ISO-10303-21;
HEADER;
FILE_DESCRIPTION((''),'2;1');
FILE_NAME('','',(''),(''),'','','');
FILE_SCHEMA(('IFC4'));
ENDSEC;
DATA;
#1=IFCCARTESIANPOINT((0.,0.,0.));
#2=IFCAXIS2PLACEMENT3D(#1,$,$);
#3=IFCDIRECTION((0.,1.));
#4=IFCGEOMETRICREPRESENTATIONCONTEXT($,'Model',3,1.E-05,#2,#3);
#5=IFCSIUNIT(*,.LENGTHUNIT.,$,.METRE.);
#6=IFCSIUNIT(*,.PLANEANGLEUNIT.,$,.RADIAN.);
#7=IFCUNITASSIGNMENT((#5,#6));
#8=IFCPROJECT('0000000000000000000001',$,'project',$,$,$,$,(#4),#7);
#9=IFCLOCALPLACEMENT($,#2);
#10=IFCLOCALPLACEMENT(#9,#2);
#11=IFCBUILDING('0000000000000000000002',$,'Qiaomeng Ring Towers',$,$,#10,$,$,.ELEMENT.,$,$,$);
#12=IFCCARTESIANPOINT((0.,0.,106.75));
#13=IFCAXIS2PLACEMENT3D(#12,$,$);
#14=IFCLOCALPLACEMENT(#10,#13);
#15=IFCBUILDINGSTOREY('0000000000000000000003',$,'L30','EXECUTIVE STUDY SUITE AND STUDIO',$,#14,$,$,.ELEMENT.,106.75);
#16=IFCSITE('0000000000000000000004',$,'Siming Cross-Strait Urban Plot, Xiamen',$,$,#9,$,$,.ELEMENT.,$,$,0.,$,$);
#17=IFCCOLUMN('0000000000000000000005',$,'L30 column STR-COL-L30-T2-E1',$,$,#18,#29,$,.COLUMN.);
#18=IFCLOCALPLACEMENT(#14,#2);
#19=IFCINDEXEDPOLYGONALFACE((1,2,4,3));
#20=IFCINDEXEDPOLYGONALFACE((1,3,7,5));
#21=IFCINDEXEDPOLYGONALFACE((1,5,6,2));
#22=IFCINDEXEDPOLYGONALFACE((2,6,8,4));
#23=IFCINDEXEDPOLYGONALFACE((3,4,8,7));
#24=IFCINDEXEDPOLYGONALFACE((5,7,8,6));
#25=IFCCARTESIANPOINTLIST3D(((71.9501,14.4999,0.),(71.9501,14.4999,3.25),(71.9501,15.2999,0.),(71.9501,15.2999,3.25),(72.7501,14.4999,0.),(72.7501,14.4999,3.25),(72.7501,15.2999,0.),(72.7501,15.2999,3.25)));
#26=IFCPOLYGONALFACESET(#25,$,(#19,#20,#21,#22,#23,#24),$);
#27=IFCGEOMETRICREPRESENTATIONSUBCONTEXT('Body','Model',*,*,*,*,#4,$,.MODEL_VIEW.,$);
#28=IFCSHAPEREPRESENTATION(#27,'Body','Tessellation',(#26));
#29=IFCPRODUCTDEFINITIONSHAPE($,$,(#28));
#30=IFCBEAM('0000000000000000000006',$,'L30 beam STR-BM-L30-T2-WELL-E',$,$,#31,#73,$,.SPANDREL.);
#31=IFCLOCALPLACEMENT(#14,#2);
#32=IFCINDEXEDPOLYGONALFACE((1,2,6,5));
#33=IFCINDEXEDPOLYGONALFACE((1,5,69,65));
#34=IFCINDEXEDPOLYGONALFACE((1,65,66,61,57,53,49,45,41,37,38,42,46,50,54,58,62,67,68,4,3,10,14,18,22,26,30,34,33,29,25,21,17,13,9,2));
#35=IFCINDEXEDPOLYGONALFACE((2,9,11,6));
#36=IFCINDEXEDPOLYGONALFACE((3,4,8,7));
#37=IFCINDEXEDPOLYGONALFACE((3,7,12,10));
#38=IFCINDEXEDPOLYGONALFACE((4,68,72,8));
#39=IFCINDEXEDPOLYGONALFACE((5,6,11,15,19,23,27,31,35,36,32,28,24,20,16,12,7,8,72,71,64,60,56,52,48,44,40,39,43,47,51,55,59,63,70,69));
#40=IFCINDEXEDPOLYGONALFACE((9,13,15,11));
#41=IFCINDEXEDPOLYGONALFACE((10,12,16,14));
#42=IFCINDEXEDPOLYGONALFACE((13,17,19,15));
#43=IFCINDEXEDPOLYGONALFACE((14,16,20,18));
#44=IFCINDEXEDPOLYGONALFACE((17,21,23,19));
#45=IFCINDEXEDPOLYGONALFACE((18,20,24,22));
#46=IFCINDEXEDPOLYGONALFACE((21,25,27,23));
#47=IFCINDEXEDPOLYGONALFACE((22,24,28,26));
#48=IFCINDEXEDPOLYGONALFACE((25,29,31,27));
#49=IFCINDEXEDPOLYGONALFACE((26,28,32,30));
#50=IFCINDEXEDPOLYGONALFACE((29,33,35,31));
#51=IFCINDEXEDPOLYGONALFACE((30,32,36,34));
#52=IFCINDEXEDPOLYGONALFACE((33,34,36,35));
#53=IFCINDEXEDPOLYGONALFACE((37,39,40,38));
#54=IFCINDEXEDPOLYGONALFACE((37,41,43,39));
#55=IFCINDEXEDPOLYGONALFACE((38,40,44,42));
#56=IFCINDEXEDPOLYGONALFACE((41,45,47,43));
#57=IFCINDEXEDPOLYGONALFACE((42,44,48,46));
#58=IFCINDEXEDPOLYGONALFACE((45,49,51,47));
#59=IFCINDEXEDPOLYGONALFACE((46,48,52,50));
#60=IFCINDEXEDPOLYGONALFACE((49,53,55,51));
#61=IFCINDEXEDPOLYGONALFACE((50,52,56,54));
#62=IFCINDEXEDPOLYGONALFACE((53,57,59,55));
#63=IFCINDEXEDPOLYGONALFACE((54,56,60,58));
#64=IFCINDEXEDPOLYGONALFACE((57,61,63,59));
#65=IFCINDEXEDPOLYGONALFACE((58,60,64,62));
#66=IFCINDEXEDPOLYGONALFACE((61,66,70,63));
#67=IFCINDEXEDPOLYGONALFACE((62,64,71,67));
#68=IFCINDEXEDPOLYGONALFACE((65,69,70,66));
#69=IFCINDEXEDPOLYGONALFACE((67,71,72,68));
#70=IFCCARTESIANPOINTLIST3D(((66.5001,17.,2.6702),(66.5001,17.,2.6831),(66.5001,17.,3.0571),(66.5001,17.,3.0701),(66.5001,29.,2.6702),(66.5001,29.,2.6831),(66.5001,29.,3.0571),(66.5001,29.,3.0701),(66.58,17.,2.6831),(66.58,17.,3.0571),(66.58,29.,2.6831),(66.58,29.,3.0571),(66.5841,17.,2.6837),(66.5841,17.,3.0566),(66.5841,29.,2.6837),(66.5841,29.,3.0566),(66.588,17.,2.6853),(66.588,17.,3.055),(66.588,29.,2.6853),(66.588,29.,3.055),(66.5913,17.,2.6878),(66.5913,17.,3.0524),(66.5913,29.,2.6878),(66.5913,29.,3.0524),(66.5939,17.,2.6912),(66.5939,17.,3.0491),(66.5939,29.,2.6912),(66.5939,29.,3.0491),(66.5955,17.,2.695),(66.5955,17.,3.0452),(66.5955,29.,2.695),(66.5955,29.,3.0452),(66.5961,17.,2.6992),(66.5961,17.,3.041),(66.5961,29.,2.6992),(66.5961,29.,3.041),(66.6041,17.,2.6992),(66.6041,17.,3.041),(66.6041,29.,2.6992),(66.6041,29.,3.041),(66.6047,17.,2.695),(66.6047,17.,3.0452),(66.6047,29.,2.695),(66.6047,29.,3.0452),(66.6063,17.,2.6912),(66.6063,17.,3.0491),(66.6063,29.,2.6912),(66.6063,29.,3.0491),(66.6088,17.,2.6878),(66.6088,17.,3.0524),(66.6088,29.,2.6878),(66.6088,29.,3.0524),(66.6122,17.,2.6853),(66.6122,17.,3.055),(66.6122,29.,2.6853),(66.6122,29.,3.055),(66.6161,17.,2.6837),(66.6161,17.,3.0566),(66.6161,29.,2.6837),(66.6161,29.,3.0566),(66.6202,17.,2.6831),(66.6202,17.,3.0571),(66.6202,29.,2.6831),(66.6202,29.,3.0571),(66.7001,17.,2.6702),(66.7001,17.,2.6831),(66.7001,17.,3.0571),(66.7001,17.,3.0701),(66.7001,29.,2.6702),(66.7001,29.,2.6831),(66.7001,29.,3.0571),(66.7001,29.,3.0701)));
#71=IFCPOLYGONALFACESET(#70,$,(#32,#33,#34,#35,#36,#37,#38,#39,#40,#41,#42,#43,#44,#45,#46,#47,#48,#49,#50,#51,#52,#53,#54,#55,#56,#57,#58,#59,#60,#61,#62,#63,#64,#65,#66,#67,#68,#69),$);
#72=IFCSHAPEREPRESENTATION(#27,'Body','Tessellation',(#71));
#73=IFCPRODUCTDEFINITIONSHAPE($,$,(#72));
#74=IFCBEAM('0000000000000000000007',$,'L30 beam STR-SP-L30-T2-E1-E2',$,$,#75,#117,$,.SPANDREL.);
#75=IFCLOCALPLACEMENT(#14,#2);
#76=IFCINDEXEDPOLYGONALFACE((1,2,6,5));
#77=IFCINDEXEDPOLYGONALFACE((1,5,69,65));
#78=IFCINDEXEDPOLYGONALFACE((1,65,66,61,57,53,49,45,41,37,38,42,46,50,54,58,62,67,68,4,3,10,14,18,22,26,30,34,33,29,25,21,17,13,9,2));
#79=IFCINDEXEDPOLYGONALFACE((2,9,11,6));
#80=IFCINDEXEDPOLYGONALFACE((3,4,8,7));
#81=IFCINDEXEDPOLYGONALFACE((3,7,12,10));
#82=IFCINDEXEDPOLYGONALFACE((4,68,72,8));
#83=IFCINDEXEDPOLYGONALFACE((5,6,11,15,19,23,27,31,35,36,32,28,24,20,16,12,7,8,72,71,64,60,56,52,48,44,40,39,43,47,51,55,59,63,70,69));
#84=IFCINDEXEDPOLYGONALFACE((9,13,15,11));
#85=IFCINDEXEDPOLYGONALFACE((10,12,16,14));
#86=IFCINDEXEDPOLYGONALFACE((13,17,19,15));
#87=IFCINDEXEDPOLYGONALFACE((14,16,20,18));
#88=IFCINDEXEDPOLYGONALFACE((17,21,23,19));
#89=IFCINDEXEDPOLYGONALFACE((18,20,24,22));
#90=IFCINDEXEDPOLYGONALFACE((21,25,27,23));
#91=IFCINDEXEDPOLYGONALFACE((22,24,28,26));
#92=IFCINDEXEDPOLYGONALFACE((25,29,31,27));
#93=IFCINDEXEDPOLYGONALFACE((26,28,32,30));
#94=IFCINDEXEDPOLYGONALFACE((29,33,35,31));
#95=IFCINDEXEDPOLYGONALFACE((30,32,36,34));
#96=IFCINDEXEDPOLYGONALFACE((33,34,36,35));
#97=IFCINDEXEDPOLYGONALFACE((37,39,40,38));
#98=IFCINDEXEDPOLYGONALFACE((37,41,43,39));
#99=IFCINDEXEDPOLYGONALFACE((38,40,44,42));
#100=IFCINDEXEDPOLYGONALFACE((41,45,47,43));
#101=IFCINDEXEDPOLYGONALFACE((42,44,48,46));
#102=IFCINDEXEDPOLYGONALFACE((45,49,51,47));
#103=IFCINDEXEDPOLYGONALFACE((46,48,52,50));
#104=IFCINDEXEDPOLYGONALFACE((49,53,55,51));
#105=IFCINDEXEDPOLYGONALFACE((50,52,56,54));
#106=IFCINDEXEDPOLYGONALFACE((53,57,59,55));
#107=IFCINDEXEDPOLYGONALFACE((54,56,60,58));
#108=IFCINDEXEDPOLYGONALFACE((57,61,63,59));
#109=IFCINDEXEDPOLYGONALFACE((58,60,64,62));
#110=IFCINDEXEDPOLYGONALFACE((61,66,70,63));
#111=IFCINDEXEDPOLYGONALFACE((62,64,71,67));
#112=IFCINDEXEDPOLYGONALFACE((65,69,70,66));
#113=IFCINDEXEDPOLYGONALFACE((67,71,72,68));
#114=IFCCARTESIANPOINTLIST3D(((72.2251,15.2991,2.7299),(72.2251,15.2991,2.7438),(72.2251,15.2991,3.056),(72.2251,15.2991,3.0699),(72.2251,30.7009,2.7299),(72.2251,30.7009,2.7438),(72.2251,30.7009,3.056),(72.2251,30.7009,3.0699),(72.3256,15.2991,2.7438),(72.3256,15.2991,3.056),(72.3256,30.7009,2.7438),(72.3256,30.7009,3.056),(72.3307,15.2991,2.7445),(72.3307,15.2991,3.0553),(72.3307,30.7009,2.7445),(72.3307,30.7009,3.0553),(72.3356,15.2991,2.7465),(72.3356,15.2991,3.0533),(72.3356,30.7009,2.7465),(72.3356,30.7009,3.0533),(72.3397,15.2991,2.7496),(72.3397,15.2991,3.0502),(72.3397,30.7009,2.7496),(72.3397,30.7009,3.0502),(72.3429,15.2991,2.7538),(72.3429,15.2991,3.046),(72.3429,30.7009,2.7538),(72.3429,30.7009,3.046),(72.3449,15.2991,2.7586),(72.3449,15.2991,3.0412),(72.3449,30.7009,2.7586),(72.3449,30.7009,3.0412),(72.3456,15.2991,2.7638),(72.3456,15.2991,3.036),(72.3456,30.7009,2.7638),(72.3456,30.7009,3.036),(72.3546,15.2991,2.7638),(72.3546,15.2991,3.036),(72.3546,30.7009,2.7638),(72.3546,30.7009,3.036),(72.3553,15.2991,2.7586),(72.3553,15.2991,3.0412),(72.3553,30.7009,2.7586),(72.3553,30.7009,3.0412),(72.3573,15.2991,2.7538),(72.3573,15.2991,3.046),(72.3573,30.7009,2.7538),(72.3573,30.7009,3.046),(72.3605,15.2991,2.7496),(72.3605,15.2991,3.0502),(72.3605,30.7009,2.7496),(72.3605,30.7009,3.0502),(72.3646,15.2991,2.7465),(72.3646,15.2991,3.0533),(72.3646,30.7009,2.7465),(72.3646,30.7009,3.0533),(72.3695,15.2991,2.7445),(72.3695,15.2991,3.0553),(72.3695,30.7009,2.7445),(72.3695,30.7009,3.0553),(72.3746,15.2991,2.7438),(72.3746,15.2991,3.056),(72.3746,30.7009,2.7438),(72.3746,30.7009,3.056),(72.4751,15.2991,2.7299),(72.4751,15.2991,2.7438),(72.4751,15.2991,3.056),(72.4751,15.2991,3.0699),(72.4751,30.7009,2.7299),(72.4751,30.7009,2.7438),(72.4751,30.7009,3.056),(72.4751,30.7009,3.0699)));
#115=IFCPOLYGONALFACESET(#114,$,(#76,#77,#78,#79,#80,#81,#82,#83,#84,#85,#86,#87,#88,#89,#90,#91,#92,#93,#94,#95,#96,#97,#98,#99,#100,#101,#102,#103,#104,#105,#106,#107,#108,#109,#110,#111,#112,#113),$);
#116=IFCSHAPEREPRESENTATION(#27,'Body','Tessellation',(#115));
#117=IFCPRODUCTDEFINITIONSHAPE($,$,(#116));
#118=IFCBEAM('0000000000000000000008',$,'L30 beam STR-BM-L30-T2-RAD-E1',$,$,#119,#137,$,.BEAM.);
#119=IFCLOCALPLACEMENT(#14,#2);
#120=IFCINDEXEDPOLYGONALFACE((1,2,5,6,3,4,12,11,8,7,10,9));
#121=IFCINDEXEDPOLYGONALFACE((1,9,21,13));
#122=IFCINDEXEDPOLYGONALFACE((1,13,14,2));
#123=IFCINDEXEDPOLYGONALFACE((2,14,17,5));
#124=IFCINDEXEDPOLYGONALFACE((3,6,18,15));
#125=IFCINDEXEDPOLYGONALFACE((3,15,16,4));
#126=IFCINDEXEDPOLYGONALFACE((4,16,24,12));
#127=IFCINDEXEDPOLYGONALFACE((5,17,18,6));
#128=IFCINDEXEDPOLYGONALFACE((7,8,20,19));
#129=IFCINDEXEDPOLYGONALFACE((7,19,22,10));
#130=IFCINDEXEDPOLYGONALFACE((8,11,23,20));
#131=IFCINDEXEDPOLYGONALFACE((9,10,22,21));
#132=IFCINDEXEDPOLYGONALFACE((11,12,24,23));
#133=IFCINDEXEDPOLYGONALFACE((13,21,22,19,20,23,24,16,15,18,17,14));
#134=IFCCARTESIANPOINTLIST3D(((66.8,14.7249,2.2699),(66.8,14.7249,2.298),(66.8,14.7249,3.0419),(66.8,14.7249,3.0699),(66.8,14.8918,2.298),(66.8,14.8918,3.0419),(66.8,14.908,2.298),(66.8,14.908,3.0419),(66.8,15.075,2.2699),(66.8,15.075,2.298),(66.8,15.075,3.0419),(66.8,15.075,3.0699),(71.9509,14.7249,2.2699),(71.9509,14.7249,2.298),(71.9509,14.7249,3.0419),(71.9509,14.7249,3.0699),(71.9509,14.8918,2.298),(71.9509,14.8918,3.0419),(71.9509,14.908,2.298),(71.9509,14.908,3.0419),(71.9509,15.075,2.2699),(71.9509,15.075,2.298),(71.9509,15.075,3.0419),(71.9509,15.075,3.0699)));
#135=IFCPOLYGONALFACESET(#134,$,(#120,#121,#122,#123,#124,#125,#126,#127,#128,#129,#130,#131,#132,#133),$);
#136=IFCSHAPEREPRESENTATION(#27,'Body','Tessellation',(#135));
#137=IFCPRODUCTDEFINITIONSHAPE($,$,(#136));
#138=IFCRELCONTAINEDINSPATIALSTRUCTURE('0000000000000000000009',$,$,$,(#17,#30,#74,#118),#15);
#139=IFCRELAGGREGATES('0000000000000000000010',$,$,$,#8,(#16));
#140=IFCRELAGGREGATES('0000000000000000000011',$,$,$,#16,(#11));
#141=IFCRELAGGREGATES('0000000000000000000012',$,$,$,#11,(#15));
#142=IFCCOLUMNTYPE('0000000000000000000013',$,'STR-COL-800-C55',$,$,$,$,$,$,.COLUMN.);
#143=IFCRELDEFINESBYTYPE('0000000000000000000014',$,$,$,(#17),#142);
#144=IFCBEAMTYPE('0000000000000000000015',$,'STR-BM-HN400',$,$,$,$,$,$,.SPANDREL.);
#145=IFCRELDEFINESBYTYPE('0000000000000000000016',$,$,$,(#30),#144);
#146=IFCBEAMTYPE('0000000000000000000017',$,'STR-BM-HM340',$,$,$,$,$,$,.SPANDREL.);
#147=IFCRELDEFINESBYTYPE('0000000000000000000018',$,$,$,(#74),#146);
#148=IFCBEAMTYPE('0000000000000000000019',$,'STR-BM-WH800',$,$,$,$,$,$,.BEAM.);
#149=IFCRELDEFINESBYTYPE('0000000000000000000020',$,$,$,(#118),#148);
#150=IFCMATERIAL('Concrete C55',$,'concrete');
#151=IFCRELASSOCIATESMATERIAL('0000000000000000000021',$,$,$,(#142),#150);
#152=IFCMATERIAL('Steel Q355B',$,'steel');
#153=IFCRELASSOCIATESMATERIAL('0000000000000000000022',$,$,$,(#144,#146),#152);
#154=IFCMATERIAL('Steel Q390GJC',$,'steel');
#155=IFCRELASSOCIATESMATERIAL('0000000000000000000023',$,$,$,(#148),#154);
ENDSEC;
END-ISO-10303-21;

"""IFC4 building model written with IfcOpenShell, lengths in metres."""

from ifc_helpers import new_model, si_unit, direction, frame, origin, origin_2d, place, context, subcontext, project, spatial, rectangle, i_section, extrude, source, transform, mapped, material, material_profile, profile_set, type_object, element, save


model = new_model("IFC4")

# Units and contexts
model_context = context("Model", 3, precision=1e-05, world=origin(), true_north=direction((0.0, 1.0)))
body_context = subcontext(model_context, "Body", "Model", "MODEL_VIEW")
ifc_project = project(units=[si_unit("LENGTHUNIT", "METRE"), si_unit("PLANEANGLEUNIT", "RADIAN")], contexts=[model_context])

# Site, building, storey
site_placement = place(None, origin())
site = spatial("IfcSite", under=ifc_project, at=site_placement, Name="Siming Cross-Strait Urban Plot, Xiamen", CompositionType="ELEMENT", RefElevation=0.0)
building_placement = place(site_placement, origin())
building = spatial("IfcBuilding", under=site, at=building_placement, Name="Qiaomeng Ring Towers", CompositionType="ELEMENT")
storey_placement = place(building_placement, frame((0.0, 0.0, 106.75)))
storey = spatial("IfcBuildingStorey", under=building, at=storey_placement, Name="L30", Description="EXECUTIVE STUDY SUITE AND STUDIO", CompositionType="ELEMENT", Elevation=106.75)

# Column
ifc_material_1 = material(Name="Concrete C55", Category="concrete")
ifc_material_profile_1 = material_profile(ifc_material_1, rectangle(XDim=0.8, YDim=0.8, at=origin_2d()), Name="RC COL 800x800")
ifc_profile_set_1 = profile_set([ifc_material_profile_1], Name="Concrete C55")
column_type = type_object("IfcColumnType", Name="STR-COL-800-C55", PredefinedType="COLUMN", material=ifc_profile_set_1)
shared_shape_1 = source(origin(), body_context, "Body", "SweptSolid", [
    extrude(rectangle(XDim=0.8, YDim=0.8, at=origin_2d()), origin(), (0.0, 0.0, 1.0), 3.25),
])
column_placement = place(storey_placement, frame((72.3501, 14.8999, 0.0), z_axis=(0.0, 0.0, 1.0), x_axis=(1.0, 0.0, 0.0)))
element("IfcColumn", 1, at=column_placement, inside=storey, type_object=column_type, Name="L30 column STR-COL-L30-T2-E1", PredefinedType="COLUMN", context=body_context, shape_type="MappedRepresentation", body=[
    mapped(shared_shape_1, transform((0.0, 0.0, 0.0), x_axis=(1.0, 0.0, 0.0), y_axis=(0.0, 1.0, 0.0), z_axis=(0.0, 0.0, 1.0), scale=1.0)),
])

# Beams
ifc_material_2 = material(Name="Steel Q355B", Category="steel")
ifc_material_profile_2 = material_profile(ifc_material_2, i_section(OverallWidth=0.2, OverallDepth=0.3999, WebThickness=0.0081, FlangeThickness=0.0129, FilletRadius=0.0161, at=origin_2d()), Name="HN 400x200x8x13")
ifc_profile_set_2 = profile_set([ifc_material_profile_2], Name="Steel Q355B")
beam_type_1 = type_object("IfcBeamType", Name="STR-BM-HN400", PredefinedType="SPANDREL", material=ifc_profile_set_2)
shared_shape_2 = source(origin(), body_context, "Body", "SweptSolid", [
    extrude(i_section(OverallWidth=0.2, OverallDepth=0.3999, WebThickness=0.0081, FlangeThickness=0.0129, FilletRadius=0.0161, at=origin_2d()), origin(), (0.0, 0.0, 1.0), 12.0),
])
beam_1_placement = place(storey_placement, frame((66.6001, 17.0, 2.8701), z_axis=(0.0, 1.0, 0.0), x_axis=(-1.0, 0.0, 0.0)))
element("IfcBeam", 2, at=beam_1_placement, inside=storey, type_object=beam_type_1, Name="L30 beam STR-BM-L30-T2-WELL-E", PredefinedType="SPANDREL", context=body_context, shape_type="MappedRepresentation", body=[
    mapped(shared_shape_2, transform((0.0, 0.0, 0.0), x_axis=(1.0, 0.0, 0.0), y_axis=(0.0, 1.0, 0.0), z_axis=(0.0, 0.0, 1.0), scale=1.0)),
])
ifc_material_profile_3 = material_profile(ifc_material_2, i_section(OverallWidth=0.25, OverallDepth=0.3401, WebThickness=0.009, FlangeThickness=0.0139, FilletRadius=0.02, at=origin_2d()), Name="HM 340x250x9x14")
ifc_profile_set_3 = profile_set([ifc_material_profile_3], Name="Steel Q355B")
beam_type_2 = type_object("IfcBeamType", Name="STR-BM-HM340", PredefinedType="SPANDREL", material=ifc_profile_set_3)
shared_shape_3 = source(origin(), body_context, "Body", "SweptSolid", [
    extrude(i_section(OverallWidth=0.25, OverallDepth=0.3401, WebThickness=0.009, FlangeThickness=0.0139, FilletRadius=0.02, at=origin_2d()), origin(), (0.0, 0.0, 1.0), 15.4019),
])
beam_2_placement = place(storey_placement, frame((72.3501, 15.2991, 2.8999), z_axis=(0.0, 1.0, 0.0), x_axis=(-1.0, 0.0, 0.0)))
element("IfcBeam", 3, at=beam_2_placement, inside=storey, type_object=beam_type_2, Name="L30 beam STR-SP-L30-T2-E1-E2", PredefinedType="SPANDREL", context=body_context, shape_type="MappedRepresentation", body=[
    mapped(shared_shape_3, transform((0.0, 0.0, 0.0), x_axis=(1.0, 0.0, 0.0), y_axis=(0.0, 1.0, 0.0), z_axis=(0.0, 0.0, 1.0), scale=1.0)),
])
ifc_material_3 = material(Name="Steel Q390GJC", Category="steel")
ifc_material_profile_4 = material_profile(ifc_material_3, i_section(OverallWidth=0.3501, OverallDepth=0.8, WebThickness=0.0161, FlangeThickness=0.0281, at=origin_2d()), Name="WH 800x350x16x28")
ifc_profile_set_4 = profile_set([ifc_material_profile_4], Name="Steel Q390GJC")
beam_type_3 = type_object("IfcBeamType", Name="STR-BM-WH800", PredefinedType="BEAM", material=ifc_profile_set_4)
shared_shape_4 = source(origin(), body_context, "Body", "SweptSolid", [
    extrude(i_section(OverallWidth=0.3501, OverallDepth=0.8, WebThickness=0.0161, FlangeThickness=0.0281, at=origin_2d()), origin(), (0.0, 0.0, 1.0), 5.1509),
])
beam_3_placement = place(storey_placement, frame((66.8, 14.8999, 2.6699), z_axis=(1.0, 0.0, 0.0), x_axis=(0.0, 1.0, 0.0)))
element("IfcBeam", 4, at=beam_3_placement, inside=storey, type_object=beam_type_3, Name="L30 beam STR-BM-L30-T2-RAD-E1", PredefinedType="BEAM", context=body_context, shape_type="MappedRepresentation", body=[
    mapped(shared_shape_4, transform((0.0, 0.0, 0.0), x_axis=(1.0, 0.0, 0.0), y_axis=(0.0, 1.0, 0.0), z_axis=(0.0, 0.0, 1.0), scale=1.0)),
])

save(model, "model.ifc")
